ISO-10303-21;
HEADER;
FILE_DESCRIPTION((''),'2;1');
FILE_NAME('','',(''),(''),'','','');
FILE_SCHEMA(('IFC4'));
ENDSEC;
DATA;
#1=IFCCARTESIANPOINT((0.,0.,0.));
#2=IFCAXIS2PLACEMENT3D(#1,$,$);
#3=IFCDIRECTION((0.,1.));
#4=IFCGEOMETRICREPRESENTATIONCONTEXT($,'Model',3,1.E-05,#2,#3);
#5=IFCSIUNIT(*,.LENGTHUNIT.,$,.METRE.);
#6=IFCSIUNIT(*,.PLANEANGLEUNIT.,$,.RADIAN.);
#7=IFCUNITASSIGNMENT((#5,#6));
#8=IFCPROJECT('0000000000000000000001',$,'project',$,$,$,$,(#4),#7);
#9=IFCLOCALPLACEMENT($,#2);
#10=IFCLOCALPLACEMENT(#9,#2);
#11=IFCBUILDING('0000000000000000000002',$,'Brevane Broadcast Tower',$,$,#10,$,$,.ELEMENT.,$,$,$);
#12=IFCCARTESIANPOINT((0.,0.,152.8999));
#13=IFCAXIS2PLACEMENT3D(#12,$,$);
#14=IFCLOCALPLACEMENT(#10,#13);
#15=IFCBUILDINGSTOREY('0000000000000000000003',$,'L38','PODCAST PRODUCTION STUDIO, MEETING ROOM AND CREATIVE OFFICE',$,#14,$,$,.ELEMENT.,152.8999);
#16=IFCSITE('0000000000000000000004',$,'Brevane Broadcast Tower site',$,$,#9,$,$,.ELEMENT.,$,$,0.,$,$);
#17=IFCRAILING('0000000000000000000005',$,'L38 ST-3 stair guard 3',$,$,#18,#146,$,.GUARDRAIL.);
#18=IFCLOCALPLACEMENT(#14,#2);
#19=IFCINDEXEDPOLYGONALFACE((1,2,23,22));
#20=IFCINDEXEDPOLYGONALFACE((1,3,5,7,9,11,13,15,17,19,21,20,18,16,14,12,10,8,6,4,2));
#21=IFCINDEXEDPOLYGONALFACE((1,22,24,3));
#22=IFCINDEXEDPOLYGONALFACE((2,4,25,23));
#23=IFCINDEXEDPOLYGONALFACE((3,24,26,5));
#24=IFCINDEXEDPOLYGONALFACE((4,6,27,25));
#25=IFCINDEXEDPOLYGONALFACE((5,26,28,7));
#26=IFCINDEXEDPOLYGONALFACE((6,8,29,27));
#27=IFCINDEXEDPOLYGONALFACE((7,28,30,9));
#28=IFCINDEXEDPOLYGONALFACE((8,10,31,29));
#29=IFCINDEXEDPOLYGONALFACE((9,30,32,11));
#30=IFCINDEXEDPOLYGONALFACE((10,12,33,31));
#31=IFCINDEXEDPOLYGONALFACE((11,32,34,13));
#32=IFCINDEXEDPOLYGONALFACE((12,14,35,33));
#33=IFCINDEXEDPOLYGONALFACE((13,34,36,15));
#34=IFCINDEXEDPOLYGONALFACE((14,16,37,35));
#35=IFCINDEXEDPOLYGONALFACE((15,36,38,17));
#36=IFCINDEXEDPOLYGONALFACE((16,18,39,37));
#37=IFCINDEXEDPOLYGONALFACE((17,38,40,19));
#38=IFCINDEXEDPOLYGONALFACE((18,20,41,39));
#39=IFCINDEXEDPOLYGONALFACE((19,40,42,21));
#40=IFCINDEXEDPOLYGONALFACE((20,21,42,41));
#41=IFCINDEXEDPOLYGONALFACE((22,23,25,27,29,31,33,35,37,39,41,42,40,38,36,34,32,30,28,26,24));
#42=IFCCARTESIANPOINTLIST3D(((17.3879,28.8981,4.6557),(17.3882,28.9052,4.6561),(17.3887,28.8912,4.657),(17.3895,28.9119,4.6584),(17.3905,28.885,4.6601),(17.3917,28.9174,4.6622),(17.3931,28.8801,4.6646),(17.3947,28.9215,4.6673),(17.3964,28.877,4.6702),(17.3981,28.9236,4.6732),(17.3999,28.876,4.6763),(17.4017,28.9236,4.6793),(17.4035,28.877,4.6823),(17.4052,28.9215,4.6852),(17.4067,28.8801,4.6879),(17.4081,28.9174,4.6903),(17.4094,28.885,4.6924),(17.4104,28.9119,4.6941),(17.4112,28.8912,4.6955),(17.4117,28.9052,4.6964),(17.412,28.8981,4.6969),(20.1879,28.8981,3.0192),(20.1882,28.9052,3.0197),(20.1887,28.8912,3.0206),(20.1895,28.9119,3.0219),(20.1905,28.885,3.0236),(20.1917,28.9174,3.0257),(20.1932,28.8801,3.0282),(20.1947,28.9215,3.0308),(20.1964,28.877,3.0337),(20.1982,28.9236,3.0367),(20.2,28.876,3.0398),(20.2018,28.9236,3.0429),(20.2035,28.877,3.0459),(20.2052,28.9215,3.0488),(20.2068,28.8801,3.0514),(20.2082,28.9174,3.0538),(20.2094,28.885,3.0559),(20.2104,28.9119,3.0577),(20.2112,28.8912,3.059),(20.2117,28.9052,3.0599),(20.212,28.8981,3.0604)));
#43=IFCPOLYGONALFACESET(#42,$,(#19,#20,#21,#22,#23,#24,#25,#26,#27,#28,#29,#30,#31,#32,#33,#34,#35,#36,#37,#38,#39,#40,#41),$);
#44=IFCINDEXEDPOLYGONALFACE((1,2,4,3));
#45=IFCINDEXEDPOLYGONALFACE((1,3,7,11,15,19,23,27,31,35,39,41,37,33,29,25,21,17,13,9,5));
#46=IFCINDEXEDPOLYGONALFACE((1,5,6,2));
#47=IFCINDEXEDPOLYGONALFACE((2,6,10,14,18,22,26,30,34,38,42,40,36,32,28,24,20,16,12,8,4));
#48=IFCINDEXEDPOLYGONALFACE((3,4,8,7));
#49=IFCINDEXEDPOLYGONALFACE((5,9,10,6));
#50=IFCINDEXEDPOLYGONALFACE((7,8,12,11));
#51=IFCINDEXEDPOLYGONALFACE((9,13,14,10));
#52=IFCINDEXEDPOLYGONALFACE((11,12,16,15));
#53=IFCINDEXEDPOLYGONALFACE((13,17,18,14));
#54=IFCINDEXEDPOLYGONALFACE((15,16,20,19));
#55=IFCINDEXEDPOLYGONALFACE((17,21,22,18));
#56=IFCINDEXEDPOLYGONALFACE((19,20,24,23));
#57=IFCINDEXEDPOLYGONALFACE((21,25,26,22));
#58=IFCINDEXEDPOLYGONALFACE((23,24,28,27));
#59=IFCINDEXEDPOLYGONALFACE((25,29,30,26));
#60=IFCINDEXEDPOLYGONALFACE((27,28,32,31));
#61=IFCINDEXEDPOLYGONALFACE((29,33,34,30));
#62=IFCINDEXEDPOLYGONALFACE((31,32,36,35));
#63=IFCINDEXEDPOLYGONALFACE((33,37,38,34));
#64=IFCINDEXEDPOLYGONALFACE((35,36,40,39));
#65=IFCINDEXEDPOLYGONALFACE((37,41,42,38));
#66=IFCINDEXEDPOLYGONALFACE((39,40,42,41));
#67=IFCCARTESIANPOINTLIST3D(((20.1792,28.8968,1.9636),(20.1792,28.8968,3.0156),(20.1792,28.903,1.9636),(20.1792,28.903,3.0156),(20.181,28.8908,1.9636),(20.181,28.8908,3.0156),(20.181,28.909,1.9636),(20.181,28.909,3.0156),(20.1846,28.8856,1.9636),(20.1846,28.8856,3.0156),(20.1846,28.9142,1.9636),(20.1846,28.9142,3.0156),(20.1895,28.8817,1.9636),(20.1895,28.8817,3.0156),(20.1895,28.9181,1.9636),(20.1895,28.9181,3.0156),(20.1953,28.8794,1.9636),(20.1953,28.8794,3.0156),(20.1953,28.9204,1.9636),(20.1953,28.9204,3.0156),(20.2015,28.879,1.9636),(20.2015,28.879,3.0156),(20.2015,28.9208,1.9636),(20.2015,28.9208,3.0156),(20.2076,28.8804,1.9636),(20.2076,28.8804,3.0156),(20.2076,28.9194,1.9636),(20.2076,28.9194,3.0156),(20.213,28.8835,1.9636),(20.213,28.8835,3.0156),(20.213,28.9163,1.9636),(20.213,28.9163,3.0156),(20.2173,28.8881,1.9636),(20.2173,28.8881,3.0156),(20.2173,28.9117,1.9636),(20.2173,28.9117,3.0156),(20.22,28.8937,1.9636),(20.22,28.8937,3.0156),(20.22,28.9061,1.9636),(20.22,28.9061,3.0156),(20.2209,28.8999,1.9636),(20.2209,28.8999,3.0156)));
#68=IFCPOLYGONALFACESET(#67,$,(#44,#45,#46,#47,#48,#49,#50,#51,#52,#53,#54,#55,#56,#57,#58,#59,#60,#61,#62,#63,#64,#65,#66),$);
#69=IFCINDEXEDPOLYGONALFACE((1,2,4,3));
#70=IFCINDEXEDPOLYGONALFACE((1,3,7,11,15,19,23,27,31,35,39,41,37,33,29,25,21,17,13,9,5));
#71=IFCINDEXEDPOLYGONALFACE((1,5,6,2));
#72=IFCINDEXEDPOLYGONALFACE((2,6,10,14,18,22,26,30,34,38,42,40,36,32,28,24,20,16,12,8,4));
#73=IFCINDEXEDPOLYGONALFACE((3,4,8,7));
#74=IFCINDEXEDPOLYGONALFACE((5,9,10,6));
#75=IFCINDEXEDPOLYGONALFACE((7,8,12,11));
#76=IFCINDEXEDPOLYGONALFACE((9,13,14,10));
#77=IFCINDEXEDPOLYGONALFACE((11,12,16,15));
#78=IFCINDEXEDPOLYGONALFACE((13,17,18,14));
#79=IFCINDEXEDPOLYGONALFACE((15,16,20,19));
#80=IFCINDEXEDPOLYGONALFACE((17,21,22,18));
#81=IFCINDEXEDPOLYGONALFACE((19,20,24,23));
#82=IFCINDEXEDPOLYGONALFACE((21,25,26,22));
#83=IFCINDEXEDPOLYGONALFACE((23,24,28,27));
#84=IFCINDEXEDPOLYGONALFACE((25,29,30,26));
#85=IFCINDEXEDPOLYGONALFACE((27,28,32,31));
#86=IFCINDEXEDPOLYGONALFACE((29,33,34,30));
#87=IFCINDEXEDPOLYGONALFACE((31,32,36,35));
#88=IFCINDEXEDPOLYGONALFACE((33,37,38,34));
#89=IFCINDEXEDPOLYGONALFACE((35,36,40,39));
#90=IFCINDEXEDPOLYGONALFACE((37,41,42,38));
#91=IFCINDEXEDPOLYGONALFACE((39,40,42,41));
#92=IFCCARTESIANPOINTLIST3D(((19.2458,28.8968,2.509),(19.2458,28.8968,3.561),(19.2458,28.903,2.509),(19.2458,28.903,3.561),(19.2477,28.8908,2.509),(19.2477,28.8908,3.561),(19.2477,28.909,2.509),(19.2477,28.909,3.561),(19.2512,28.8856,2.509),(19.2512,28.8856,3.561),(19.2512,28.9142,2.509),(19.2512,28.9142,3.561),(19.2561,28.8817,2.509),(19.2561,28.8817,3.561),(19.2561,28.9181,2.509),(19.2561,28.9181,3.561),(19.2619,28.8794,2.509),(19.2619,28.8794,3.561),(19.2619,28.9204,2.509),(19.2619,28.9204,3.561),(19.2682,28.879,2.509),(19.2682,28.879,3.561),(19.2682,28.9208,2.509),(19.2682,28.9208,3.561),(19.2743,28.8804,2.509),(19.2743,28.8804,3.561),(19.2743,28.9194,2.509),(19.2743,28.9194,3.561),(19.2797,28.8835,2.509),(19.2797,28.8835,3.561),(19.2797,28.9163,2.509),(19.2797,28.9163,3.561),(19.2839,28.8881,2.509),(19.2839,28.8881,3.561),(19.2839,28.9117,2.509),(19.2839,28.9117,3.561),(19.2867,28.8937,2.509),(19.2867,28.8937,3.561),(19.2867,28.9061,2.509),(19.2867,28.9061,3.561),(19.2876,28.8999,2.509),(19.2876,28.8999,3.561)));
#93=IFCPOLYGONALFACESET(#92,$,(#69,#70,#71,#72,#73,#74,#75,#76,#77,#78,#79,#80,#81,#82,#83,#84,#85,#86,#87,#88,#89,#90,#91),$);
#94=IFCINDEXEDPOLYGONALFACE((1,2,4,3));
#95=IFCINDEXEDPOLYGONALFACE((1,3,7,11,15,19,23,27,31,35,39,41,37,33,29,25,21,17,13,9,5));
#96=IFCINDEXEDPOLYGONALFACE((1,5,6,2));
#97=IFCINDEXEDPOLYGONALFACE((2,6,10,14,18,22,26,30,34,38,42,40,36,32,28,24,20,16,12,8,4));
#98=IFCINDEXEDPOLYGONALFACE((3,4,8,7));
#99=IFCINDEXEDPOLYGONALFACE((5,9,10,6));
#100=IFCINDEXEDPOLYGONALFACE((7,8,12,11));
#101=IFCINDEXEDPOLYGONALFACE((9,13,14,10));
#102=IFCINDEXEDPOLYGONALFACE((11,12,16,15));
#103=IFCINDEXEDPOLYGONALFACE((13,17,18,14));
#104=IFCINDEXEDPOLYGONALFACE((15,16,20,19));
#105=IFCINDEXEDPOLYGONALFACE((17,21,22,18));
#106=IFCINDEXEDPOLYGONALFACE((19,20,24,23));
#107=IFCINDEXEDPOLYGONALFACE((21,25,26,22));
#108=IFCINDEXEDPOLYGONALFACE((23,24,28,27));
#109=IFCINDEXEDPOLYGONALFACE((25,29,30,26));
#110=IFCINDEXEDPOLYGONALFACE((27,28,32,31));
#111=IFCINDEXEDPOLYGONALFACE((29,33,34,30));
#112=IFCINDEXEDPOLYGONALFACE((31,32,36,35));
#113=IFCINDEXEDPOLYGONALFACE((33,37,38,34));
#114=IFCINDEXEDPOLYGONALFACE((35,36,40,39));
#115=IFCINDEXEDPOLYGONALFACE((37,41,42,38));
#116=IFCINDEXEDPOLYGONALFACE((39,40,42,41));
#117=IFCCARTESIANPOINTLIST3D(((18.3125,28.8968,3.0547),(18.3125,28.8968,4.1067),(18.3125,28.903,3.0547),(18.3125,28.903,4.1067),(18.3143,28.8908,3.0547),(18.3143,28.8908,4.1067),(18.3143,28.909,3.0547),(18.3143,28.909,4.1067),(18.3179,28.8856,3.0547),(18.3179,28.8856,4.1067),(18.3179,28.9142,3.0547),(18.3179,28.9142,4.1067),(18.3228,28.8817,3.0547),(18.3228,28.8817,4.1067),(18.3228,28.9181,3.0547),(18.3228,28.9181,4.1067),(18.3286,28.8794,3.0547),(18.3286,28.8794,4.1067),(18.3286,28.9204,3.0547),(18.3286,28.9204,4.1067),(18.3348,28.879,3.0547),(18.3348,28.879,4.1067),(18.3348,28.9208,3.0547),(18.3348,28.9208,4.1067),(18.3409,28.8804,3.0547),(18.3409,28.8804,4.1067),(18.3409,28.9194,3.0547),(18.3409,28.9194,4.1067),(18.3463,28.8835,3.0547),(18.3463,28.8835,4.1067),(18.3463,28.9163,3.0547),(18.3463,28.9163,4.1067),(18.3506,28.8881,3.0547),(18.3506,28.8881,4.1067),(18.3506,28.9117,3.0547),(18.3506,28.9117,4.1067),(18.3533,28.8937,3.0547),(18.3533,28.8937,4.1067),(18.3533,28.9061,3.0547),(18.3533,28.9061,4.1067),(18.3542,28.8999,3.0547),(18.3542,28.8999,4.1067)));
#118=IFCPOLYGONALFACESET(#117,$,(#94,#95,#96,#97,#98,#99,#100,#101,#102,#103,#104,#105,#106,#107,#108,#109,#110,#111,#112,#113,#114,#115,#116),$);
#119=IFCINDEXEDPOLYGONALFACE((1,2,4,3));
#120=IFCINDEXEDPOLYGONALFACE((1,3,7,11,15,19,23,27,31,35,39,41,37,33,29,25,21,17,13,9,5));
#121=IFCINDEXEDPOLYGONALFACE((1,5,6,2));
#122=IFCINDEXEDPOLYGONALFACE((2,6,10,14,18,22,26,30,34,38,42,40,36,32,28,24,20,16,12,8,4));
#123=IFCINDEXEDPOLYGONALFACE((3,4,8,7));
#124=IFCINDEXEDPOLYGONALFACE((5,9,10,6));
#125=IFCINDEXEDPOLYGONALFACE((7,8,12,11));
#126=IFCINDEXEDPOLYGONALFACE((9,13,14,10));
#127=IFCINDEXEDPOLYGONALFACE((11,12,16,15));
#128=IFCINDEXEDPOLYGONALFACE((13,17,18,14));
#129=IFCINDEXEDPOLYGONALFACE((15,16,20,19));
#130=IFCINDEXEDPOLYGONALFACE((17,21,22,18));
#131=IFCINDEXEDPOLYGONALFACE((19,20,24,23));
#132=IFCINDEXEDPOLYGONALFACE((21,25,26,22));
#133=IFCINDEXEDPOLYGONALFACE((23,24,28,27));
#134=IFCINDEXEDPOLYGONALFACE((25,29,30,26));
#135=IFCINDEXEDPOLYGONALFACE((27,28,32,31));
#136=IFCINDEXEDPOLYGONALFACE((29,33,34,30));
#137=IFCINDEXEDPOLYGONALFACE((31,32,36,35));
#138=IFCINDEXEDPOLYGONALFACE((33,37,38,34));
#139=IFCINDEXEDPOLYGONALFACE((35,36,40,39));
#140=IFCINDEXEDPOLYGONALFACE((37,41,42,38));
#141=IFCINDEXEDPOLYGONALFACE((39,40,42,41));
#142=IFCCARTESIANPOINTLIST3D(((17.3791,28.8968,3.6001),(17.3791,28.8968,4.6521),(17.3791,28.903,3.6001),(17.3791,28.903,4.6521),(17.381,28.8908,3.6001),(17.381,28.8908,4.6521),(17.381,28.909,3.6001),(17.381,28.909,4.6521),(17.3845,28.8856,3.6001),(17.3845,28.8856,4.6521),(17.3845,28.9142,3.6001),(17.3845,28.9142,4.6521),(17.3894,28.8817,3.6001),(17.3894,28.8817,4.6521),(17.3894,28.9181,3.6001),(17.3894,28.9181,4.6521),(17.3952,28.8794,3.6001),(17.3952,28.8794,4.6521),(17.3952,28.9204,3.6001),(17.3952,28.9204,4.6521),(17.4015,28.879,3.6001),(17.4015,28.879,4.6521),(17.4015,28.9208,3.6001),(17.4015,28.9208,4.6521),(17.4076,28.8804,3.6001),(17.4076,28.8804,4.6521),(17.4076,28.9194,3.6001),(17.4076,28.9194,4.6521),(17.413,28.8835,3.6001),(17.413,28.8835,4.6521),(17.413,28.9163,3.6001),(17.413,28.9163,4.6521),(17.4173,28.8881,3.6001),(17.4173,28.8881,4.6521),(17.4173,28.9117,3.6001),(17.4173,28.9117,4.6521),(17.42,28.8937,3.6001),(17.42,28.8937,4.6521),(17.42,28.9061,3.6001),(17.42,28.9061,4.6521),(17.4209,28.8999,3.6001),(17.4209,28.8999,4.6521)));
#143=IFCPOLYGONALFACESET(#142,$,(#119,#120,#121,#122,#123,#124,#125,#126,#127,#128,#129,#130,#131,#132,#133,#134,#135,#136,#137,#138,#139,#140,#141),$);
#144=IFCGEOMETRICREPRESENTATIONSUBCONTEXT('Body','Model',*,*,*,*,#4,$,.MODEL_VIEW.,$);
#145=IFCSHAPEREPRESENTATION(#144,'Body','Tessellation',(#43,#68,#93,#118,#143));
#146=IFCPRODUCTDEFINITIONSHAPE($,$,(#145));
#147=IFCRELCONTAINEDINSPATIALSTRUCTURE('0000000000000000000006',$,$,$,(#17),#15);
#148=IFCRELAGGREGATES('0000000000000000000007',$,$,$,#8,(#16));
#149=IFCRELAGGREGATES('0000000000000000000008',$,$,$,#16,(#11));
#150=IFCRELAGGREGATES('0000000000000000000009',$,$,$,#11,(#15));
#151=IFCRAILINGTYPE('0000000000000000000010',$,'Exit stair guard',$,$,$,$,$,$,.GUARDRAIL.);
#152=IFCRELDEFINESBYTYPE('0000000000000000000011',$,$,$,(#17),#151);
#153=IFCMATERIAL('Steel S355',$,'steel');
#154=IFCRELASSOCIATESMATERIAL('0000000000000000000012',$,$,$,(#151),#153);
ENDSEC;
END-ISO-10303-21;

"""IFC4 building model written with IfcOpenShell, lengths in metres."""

from ifc_helpers import new_model, si_unit, direction, frame, origin, origin_2d, place, context, subcontext, project, spatial, circle, extrude, material, type_object, element, save


model = new_model("IFC4")

# Units and contexts
model_context = context("Model", 3, precision=1e-05, world=origin(), true_north=direction((0.0, 1.0)))
body_context = subcontext(model_context, "Body", "Model", "MODEL_VIEW")
ifc_project = project(units=[si_unit("LENGTHUNIT", "METRE"), si_unit("PLANEANGLEUNIT", "RADIAN")], contexts=[model_context])

# Site, building, storey
site_placement = place(None, origin())
site = spatial("IfcSite", under=ifc_project, at=site_placement, Name="Brevane Broadcast Tower site", CompositionType="ELEMENT", RefElevation=0.0)
building_placement = place(site_placement, origin())
building = spatial("IfcBuilding", under=site, at=building_placement, Name="Brevane Broadcast Tower", CompositionType="ELEMENT")
storey_placement = place(building_placement, frame((0.0, 0.0, 152.8999)))
storey = spatial("IfcBuildingStorey", under=building, at=storey_placement, Name="L38", Description="PODCAST PRODUCTION STUDIO, MEETING ROOM AND CREATIVE OFFICE", CompositionType="ELEMENT", Elevation=152.8999)

# Railing
ifc_material_1 = material(Name="Steel S355", Category="steel")
railing_type_1 = type_object("IfcRailingType", Name="Exit stair guard", PredefinedType="GUARDRAIL", material=ifc_material_1)
railing_1_placement = place(storey_placement, frame((20.2, 28.8999, 1.9636)))
element("IfcRailing", 1, at=railing_1_placement, inside=storey, type_object=railing_type_1, Name="L38 ST-3 stair guard 3", PredefinedType="GUARDRAIL", context=body_context, shape_type="SweptSolid", body=[
    extrude(circle(Radius=0.0239, at=origin_2d()), frame((0.0, 0.0, 1.0762), z_axis=(-0.863361, 0.0, 0.504587), x_axis=(0.0, -1.0, 0.0)), (0.0, 0.0, 1.0), 3.2432),
    extrude(circle(Radius=0.021, at=origin_2d()), origin(), (0.0, 0.0, 1.0), 1.052),
    extrude(circle(Radius=0.021, at=origin_2d()), frame((-0.9333, 0.0, 0.5454)), (0.0, 0.0, 1.0), 1.052),
    extrude(circle(Radius=0.021, at=origin_2d()), frame((-1.8667, 0.0, 1.0911)), (0.0, 0.0, 1.0), 1.052),
    extrude(circle(Radius=0.021, at=origin_2d()), frame((-2.8, 0.0, 1.6365)), (0.0, 0.0, 1.0), 1.052),
])

save(model, "model.ifc")
